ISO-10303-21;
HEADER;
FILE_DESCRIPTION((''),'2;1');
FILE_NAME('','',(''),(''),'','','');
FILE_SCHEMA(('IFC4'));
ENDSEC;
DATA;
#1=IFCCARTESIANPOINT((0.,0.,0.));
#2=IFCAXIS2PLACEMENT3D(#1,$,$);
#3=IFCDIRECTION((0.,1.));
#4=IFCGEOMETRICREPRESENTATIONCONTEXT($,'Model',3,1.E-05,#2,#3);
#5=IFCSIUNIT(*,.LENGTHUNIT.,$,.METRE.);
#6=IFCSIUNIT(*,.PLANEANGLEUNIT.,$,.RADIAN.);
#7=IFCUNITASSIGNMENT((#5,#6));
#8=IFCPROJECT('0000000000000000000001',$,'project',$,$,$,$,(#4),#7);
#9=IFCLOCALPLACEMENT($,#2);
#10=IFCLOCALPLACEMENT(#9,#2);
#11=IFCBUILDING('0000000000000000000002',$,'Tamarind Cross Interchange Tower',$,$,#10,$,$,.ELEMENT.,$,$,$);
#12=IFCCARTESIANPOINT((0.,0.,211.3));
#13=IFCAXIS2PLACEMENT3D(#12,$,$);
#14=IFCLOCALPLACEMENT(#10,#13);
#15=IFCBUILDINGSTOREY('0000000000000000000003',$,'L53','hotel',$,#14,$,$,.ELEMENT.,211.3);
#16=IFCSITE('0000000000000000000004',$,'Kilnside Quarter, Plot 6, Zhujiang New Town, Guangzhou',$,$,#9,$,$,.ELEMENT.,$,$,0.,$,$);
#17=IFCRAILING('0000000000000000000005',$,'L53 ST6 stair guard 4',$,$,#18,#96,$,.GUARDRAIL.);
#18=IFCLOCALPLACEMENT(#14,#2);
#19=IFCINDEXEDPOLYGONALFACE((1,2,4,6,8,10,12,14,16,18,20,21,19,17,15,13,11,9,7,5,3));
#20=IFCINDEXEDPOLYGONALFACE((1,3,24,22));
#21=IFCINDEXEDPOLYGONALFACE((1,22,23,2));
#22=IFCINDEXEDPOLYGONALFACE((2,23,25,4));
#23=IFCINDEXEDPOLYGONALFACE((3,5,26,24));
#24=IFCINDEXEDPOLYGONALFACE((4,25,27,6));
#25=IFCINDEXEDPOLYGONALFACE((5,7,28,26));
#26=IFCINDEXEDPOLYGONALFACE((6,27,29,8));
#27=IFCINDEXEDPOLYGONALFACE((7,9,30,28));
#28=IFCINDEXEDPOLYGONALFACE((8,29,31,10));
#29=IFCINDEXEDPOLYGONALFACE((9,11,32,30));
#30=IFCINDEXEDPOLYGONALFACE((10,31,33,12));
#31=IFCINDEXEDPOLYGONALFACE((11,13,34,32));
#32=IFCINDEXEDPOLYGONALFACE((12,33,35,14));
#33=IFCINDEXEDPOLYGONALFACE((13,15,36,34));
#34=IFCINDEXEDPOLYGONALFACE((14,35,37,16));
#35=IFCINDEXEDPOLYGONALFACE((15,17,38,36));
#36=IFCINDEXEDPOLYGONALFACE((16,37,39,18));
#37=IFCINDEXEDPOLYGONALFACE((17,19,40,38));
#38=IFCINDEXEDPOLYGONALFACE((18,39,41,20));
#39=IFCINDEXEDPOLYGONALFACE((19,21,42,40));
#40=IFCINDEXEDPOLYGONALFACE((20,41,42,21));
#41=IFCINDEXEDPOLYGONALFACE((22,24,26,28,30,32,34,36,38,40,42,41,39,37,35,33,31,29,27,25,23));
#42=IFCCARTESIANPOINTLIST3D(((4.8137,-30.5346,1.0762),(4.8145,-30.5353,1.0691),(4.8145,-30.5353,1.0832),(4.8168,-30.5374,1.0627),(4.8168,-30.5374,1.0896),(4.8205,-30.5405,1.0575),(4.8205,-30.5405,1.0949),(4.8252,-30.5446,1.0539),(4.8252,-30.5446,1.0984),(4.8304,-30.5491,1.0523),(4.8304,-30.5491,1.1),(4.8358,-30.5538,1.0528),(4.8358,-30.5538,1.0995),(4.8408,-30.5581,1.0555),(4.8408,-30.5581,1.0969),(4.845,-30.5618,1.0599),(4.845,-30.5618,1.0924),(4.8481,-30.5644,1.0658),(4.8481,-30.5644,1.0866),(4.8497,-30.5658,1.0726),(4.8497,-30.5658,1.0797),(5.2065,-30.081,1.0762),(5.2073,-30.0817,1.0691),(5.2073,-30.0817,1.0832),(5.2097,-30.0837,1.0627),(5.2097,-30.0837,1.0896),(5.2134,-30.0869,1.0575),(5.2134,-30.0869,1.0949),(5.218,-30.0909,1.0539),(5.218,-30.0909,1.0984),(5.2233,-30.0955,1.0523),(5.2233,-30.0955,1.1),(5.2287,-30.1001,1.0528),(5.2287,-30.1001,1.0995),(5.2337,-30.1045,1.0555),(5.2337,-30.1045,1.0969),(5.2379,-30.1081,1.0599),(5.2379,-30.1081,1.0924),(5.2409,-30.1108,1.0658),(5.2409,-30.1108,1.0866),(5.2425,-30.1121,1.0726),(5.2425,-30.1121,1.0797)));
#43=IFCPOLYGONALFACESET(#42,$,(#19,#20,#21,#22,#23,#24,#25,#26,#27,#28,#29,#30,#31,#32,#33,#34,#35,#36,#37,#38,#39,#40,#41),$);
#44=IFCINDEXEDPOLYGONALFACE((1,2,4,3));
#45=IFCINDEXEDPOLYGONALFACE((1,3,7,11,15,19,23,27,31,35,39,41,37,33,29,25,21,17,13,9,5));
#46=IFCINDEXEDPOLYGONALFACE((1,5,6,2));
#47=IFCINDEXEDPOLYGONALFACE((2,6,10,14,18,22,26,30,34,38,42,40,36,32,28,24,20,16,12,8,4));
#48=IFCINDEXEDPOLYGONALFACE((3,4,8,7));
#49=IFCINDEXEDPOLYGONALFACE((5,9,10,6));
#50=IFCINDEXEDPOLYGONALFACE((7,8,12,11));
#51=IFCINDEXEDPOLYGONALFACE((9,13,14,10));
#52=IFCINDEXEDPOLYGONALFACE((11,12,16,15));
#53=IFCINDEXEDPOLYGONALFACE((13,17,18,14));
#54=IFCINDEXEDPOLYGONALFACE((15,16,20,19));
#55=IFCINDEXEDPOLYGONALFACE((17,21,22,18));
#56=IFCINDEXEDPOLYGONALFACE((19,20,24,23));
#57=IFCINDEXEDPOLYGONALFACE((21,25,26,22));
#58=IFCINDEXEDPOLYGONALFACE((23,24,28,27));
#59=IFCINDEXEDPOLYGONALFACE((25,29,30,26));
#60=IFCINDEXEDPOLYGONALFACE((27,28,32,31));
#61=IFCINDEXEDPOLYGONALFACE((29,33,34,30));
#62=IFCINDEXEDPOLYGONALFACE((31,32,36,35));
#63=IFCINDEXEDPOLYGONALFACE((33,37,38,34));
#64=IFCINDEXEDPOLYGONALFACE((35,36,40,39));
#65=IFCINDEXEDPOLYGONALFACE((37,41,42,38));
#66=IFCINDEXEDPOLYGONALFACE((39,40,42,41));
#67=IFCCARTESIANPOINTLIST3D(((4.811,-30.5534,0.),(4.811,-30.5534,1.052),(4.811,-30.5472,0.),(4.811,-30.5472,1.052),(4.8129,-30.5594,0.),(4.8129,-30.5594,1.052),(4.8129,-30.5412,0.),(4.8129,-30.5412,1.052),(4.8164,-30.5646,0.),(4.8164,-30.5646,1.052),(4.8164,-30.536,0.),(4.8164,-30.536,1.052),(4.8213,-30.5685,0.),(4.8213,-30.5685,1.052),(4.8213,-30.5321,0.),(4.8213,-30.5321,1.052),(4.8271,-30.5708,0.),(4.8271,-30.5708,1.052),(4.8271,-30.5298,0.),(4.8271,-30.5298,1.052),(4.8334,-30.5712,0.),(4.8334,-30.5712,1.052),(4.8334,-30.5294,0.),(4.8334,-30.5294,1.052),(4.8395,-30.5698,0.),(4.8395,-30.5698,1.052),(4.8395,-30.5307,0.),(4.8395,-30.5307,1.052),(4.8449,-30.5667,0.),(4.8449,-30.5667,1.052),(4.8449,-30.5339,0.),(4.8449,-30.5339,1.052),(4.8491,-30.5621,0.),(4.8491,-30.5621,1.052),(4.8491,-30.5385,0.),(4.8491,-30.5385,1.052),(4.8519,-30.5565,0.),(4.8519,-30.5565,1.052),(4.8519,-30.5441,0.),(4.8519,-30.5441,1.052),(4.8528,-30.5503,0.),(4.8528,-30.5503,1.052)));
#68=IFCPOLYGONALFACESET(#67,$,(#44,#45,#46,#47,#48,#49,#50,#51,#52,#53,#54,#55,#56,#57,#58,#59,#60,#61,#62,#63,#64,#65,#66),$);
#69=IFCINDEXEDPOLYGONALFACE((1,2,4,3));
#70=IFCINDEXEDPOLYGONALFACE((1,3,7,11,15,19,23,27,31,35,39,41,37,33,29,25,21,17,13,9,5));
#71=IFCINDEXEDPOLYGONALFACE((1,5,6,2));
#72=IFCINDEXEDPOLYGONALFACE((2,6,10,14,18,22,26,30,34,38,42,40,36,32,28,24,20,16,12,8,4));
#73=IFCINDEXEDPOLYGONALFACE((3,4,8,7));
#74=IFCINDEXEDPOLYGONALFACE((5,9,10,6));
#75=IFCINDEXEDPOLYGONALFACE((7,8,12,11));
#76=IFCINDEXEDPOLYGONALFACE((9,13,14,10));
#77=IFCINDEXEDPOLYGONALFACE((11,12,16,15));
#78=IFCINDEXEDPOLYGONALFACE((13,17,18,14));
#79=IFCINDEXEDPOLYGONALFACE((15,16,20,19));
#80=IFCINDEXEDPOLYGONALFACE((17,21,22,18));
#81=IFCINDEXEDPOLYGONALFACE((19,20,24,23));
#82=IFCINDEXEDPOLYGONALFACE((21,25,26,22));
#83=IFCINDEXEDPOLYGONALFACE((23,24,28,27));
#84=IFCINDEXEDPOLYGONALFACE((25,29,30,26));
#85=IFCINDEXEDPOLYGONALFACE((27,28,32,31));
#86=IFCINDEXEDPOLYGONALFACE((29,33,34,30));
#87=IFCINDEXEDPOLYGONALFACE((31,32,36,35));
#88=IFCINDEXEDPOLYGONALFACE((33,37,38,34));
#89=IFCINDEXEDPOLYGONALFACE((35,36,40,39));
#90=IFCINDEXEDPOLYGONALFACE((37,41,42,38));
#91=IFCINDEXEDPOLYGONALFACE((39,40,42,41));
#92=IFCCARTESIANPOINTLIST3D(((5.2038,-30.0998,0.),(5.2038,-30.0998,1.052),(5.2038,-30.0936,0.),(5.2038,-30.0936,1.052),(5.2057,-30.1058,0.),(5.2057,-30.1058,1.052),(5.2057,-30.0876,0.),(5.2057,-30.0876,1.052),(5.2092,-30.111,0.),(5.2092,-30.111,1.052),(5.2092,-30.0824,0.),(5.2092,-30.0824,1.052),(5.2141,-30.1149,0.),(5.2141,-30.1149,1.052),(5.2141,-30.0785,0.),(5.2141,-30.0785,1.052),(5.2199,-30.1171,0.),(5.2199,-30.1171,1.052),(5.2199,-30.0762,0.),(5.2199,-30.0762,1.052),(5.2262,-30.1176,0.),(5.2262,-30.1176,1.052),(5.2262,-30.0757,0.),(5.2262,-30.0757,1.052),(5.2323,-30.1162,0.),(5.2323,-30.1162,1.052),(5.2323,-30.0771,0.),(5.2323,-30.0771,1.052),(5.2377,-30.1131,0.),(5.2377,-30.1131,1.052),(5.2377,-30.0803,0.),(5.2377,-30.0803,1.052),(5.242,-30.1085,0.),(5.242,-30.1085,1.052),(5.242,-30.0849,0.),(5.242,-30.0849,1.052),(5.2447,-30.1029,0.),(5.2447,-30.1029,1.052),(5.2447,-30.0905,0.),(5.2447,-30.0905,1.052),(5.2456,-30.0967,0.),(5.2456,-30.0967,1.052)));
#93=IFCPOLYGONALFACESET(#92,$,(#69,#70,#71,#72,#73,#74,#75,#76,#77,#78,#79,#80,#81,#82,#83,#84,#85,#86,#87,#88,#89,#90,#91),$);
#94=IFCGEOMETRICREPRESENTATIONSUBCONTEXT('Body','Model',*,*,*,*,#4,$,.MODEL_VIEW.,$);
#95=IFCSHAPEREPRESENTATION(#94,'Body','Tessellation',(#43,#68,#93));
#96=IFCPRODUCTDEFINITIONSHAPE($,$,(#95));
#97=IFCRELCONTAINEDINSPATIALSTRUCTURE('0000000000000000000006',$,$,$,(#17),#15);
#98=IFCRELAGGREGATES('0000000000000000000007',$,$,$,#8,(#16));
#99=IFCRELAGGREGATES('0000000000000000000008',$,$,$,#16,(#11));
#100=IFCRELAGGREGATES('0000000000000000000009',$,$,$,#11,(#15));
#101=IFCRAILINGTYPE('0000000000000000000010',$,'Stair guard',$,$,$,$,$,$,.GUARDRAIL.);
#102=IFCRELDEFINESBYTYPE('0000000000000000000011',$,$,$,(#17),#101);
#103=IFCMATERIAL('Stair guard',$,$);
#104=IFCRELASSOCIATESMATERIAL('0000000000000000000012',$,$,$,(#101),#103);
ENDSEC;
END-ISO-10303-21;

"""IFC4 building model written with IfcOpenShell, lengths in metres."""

from ifc_helpers import new_model, si_unit, direction, frame, origin, origin_2d, place, context, subcontext, project, spatial, circle, extrude, material, type_object, element, save


model = new_model("IFC4")

# Units and contexts
model_context = context("Model", 3, precision=1e-05, world=origin(), true_north=direction((0.0, 1.0)))
body_context = subcontext(model_context, "Body", "Model", "MODEL_VIEW")
ifc_project = project(units=[si_unit("LENGTHUNIT", "METRE"), si_unit("PLANEANGLEUNIT", "RADIAN")], contexts=[model_context])

# Site, building, storey
site_placement = place(None, origin())
site = spatial("IfcSite", under=ifc_project, at=site_placement, Name="Kilnside Quarter, Plot 6, Zhujiang New Town, Guangzhou", CompositionType="ELEMENT", RefElevation=0.0)
building_placement = place(site_placement, origin())
building = spatial("IfcBuilding", under=site, at=building_placement, Name="Tamarind Cross Interchange Tower", CompositionType="ELEMENT")
storey_placement = place(building_placement, frame((0.0, 0.0, 211.3)))
storey = spatial("IfcBuildingStorey", under=building, at=storey_placement, Name="L53", Description="hotel", CompositionType="ELEMENT", Elevation=211.3)

# Railing
ifc_material_1 = material(Name="Stair guard")
railing_type = type_object("IfcRailingType", Name="Stair guard", PredefinedType="GUARDRAIL", material=ifc_material_1)
railing_1_placement = place(storey_placement, frame((4.8318, -30.5503, 0.0)))
element("IfcRailing", 1, at=railing_1_placement, inside=storey, type_object=railing_type, Name="L53 ST6 stair guard 4", PredefinedType="GUARDRAIL", context=body_context, shape_type="SweptSolid", body=[
    extrude(circle(Radius=0.0239, at=origin_2d()), frame((0.0, 0.0, 1.0762), z_axis=(0.654636, 0.755944, 0.0), x_axis=(-0.755944, 0.654636, 0.0)), (0.0, 0.0, 1.0), 0.6001),
    extrude(circle(Radius=0.021, at=origin_2d()), origin(), (0.0, 0.0, 1.0), 1.052),
    extrude(circle(Radius=0.021, at=origin_2d()), frame((0.3928, 0.4536, 0.0)), (0.0, 0.0, 1.0), 1.052),
])

save(model, "model.ifc")
